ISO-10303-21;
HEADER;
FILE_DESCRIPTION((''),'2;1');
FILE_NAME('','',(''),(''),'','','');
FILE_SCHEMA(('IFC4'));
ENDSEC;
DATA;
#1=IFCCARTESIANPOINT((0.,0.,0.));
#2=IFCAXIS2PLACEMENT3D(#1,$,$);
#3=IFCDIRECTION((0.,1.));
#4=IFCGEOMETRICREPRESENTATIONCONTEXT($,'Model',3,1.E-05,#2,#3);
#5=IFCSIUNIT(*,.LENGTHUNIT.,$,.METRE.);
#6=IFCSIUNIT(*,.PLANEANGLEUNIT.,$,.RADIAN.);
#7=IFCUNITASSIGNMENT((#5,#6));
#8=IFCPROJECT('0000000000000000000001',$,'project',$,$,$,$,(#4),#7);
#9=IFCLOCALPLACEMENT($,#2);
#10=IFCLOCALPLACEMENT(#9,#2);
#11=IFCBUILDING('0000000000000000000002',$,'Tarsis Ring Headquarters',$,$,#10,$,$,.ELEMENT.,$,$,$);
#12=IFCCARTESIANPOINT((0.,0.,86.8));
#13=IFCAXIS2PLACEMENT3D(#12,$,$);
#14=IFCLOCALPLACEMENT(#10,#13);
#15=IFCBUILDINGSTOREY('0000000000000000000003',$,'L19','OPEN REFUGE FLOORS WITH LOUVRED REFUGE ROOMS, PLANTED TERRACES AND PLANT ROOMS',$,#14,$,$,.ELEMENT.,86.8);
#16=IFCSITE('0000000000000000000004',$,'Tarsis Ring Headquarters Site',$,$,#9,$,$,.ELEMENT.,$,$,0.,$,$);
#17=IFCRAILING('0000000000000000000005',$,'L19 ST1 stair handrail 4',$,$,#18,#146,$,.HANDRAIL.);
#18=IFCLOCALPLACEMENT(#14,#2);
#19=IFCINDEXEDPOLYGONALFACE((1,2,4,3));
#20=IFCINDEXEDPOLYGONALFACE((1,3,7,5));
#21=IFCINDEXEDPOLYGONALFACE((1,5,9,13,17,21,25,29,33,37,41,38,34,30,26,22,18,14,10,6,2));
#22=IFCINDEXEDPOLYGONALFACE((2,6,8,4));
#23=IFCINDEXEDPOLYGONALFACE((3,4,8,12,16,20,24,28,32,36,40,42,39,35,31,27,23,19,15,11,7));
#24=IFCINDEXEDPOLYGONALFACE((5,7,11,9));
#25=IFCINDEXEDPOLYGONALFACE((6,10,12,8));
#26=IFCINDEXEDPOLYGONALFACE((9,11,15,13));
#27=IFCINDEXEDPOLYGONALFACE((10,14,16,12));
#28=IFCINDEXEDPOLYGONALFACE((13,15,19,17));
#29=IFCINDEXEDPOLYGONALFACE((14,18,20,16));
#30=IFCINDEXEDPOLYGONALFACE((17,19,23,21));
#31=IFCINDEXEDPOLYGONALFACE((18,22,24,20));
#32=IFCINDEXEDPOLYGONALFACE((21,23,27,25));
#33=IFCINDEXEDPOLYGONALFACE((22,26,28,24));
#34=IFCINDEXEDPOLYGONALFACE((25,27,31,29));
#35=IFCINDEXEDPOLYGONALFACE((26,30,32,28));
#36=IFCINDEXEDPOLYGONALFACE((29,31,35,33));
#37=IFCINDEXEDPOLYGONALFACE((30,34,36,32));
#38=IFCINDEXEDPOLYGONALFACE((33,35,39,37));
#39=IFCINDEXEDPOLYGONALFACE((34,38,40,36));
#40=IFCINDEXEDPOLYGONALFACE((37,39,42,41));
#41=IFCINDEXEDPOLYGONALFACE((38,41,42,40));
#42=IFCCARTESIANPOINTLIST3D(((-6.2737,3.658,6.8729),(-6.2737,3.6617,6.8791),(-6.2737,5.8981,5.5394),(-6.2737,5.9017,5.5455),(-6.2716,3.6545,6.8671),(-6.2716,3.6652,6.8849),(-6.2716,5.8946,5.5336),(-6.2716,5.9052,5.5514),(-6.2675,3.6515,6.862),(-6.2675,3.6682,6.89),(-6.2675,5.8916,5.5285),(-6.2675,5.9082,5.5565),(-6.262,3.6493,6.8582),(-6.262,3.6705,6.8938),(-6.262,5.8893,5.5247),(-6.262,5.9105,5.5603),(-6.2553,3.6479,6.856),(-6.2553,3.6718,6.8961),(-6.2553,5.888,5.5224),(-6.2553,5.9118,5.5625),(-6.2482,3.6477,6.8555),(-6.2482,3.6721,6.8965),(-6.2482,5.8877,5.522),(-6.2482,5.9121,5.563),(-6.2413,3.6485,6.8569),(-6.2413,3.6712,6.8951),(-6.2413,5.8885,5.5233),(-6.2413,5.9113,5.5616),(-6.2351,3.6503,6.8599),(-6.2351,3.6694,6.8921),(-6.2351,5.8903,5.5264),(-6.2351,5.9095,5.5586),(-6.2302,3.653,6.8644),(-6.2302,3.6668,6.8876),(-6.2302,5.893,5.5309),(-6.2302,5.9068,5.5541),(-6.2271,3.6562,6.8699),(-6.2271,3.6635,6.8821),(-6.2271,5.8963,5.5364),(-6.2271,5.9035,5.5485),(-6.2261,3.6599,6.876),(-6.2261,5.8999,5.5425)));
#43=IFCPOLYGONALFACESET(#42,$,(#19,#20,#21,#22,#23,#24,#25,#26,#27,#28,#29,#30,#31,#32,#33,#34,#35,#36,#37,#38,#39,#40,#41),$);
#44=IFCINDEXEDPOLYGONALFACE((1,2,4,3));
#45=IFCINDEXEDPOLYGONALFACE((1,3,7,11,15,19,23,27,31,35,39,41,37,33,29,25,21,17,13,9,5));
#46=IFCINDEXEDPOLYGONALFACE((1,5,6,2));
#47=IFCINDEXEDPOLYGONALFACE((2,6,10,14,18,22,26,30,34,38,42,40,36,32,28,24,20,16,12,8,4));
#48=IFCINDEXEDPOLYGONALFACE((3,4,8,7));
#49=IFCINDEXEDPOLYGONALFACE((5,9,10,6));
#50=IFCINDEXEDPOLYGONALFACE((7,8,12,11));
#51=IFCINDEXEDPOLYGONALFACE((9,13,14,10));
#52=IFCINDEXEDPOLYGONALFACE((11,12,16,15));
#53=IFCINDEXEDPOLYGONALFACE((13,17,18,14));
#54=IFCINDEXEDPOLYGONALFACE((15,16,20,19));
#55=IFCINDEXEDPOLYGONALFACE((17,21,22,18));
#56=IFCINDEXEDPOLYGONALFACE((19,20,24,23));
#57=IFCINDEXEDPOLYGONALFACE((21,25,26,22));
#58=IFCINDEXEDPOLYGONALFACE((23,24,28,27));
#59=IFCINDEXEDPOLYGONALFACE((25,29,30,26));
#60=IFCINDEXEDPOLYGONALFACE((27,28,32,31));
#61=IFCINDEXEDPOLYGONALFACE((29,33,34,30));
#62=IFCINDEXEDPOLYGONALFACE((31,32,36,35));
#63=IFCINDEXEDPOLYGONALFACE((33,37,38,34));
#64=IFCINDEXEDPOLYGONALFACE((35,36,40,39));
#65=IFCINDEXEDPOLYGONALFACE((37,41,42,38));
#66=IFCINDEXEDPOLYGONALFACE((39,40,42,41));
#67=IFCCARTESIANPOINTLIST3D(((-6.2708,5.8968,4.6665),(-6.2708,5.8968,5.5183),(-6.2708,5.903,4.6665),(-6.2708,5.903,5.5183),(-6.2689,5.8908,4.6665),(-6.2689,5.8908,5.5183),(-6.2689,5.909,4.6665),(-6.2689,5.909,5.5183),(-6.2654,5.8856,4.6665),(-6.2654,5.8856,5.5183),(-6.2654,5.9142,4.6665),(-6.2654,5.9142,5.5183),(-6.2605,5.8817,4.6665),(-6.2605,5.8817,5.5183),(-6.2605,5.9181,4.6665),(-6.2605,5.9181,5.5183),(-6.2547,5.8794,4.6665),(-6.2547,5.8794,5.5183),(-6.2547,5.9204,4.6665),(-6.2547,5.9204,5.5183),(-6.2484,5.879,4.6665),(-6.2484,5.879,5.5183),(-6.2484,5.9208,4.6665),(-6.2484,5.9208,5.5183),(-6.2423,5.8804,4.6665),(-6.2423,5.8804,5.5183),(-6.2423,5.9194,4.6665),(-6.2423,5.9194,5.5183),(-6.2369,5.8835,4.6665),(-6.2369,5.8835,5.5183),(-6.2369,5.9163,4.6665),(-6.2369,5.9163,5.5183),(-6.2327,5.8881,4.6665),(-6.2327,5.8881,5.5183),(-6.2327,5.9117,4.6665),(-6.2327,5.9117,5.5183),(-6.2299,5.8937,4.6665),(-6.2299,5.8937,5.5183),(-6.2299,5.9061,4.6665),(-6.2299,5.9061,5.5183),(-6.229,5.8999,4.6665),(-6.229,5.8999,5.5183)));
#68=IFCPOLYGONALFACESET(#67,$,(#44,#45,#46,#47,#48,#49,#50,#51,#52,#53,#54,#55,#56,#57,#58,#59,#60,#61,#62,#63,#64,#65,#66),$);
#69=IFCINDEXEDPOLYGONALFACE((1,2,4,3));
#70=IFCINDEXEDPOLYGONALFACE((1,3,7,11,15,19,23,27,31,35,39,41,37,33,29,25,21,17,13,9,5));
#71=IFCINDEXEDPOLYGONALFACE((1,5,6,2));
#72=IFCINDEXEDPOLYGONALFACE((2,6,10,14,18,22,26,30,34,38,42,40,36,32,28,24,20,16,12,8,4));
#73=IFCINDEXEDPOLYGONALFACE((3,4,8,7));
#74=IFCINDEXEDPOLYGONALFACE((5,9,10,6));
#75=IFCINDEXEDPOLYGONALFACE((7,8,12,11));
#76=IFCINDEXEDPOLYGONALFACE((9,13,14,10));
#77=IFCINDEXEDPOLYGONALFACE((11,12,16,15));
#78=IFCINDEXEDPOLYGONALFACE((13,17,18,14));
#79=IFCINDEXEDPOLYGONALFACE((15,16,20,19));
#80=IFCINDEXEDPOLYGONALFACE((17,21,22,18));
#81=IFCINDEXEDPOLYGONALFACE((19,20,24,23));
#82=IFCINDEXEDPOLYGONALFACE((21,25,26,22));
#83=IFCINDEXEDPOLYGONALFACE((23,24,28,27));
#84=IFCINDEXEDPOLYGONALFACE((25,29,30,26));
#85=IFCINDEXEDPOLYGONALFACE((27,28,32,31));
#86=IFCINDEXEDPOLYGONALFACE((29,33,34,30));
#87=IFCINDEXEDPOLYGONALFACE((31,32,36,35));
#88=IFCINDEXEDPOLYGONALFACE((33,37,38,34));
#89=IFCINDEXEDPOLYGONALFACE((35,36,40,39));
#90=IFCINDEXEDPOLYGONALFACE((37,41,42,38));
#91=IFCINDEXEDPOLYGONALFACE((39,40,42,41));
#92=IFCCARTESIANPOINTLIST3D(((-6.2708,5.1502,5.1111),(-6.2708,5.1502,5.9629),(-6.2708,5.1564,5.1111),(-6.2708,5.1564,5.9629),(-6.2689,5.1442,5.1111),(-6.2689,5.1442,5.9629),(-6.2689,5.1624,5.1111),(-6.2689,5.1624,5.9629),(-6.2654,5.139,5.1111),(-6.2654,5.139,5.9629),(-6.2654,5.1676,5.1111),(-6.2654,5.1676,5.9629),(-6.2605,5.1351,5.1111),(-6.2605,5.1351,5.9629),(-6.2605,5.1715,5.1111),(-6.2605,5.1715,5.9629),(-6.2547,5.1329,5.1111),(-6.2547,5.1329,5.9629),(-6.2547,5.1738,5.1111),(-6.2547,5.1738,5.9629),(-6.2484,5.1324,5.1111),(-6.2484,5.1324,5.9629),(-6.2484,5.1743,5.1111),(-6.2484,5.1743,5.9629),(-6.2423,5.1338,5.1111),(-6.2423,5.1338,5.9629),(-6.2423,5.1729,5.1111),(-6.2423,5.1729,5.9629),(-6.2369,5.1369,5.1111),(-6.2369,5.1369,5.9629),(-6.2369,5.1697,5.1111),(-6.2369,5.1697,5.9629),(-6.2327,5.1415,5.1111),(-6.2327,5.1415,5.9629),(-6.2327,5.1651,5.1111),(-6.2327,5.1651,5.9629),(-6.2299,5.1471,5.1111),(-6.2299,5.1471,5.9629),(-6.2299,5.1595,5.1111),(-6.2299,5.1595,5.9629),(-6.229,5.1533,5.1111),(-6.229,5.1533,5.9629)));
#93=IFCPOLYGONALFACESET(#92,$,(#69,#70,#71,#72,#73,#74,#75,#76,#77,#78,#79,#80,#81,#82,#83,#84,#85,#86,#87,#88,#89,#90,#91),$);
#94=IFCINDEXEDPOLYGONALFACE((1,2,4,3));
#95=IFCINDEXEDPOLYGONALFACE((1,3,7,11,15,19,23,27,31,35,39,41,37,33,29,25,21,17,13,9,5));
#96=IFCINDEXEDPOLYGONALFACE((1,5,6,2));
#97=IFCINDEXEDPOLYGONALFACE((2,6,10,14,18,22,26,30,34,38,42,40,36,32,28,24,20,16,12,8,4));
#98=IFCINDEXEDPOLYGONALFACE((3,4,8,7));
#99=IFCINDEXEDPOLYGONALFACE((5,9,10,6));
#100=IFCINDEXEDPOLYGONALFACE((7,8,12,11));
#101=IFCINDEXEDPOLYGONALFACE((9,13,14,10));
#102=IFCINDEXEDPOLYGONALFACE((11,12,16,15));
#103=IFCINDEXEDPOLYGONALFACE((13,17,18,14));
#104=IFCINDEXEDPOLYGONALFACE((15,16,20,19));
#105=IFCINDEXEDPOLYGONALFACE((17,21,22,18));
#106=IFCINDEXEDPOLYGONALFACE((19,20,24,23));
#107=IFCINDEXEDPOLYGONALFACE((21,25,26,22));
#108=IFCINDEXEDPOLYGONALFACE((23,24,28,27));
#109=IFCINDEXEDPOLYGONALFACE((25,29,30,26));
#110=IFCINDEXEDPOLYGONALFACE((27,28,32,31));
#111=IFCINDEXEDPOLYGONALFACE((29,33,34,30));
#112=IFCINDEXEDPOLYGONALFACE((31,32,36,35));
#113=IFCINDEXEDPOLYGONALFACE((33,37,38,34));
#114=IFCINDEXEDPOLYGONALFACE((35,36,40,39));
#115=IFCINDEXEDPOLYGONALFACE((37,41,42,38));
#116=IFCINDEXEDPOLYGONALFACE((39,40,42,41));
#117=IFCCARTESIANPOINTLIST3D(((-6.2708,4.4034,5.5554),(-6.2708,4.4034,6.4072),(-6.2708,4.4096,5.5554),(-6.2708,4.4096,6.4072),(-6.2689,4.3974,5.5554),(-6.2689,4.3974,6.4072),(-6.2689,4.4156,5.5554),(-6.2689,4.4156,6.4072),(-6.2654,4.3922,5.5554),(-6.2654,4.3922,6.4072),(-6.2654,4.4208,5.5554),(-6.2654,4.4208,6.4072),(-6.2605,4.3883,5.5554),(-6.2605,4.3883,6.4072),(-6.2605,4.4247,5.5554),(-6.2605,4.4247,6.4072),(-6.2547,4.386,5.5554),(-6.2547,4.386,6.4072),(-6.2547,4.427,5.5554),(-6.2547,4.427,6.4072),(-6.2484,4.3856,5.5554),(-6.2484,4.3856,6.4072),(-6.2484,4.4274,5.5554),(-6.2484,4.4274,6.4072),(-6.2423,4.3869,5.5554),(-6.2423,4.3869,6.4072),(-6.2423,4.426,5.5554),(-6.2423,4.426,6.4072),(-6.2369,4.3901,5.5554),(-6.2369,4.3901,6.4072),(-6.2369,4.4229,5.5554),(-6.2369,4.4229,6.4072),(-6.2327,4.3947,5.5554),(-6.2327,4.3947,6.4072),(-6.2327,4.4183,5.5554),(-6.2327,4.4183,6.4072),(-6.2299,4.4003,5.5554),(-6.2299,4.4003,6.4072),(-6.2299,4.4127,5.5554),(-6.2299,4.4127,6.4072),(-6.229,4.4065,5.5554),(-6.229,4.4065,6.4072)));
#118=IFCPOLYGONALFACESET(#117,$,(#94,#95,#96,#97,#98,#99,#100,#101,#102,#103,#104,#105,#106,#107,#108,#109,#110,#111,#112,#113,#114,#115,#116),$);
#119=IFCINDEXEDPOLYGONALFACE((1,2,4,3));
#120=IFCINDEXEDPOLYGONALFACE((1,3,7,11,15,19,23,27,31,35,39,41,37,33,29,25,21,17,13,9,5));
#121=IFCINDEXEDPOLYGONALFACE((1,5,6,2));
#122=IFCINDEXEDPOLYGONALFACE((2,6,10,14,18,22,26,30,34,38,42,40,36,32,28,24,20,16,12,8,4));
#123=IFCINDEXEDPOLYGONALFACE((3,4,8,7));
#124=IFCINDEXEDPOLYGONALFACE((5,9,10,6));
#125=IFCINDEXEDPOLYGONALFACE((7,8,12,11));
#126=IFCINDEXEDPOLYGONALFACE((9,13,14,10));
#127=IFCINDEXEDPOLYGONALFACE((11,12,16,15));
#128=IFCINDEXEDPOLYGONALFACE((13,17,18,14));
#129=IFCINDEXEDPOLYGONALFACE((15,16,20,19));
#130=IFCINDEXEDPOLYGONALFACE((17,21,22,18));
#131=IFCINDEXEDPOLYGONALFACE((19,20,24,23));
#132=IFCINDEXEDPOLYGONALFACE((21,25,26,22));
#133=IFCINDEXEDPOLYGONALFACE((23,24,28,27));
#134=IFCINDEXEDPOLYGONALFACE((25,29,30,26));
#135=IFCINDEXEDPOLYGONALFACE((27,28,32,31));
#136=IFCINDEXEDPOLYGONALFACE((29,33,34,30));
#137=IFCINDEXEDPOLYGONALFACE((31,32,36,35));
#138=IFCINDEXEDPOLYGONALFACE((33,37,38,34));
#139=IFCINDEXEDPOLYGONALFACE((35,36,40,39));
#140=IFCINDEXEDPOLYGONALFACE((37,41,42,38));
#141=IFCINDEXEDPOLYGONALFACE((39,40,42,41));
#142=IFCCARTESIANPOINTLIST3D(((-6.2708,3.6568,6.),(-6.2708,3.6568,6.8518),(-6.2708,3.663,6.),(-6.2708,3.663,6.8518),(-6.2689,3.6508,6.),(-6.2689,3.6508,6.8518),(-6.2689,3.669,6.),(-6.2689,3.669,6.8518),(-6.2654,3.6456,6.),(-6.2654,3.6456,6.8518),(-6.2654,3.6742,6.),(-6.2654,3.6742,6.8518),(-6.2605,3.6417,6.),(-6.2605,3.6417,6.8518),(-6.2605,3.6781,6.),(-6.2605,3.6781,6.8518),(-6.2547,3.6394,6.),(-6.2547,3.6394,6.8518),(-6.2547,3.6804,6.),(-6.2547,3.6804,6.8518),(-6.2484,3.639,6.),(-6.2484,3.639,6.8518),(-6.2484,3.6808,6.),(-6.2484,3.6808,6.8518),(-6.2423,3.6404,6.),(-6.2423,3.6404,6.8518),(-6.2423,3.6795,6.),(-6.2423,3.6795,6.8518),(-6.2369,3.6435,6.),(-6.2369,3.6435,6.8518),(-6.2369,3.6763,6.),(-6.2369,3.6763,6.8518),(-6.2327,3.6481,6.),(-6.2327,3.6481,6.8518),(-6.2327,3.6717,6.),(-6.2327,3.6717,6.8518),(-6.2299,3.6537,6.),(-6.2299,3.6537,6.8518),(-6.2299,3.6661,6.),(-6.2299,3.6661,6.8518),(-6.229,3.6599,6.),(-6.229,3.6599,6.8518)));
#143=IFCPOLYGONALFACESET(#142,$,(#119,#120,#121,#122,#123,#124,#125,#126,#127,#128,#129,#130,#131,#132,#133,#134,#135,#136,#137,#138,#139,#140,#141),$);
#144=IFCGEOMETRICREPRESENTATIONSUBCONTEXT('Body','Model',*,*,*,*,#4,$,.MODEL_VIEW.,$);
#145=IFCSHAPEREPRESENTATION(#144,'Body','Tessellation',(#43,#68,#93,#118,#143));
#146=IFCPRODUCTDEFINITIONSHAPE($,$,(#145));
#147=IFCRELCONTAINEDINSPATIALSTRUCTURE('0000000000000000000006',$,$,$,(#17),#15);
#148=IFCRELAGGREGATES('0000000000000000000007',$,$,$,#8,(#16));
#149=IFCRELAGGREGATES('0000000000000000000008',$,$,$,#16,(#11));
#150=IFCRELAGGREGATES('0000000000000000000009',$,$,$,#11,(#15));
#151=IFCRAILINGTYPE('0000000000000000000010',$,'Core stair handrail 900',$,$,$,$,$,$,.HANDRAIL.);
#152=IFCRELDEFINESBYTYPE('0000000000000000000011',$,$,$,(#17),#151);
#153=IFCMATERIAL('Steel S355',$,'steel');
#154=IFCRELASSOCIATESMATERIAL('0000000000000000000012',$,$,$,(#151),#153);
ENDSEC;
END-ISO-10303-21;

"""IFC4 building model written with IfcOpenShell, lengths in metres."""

from ifc_helpers import new_model, si_unit, direction, frame, origin, origin_2d, place, context, subcontext, project, spatial, circle, extrude, material, type_object, element, save


model = new_model("IFC4")

# Units and contexts
model_context = context("Model", 3, precision=1e-05, world=origin(), true_north=direction((0.0, 1.0)))
body_context = subcontext(model_context, "Body", "Model", "MODEL_VIEW")
ifc_project = project(units=[si_unit("LENGTHUNIT", "METRE"), si_unit("PLANEANGLEUNIT", "RADIAN")], contexts=[model_context])

# Site, building, storey
site_placement = place(None, origin())
site = spatial("IfcSite", under=ifc_project, at=site_placement, Name="Tarsis Ring Headquarters Site", CompositionType="ELEMENT", RefElevation=0.0)
building_placement = place(site_placement, origin())
building = spatial("IfcBuilding", under=site, at=building_placement, Name="Tarsis Ring Headquarters", CompositionType="ELEMENT")
storey_placement = place(building_placement, frame((0.0, 0.0, 86.8)))
storey = spatial("IfcBuildingStorey", under=building, at=storey_placement, Name="L19", Description="OPEN REFUGE FLOORS WITH LOUVRED REFUGE ROOMS, PLANTED TERRACES AND PLANT ROOMS", CompositionType="ELEMENT", Elevation=86.8)

# Shared definitions
ifc_material_1 = material(Name="Steel S355", Category="steel")

# Railing
railing_type_1 = type_object("IfcRailingType", Name="Core stair handrail 900", PredefinedType="HANDRAIL", material=ifc_material_1)
railing_1_placement = place(storey_placement, frame((-6.25, 5.8999, 4.6665)))
element("IfcRailing", 1, at=railing_1_placement, inside=storey, type_object=railing_type_1, Name="L19 ST1 stair handrail 4", PredefinedType="HANDRAIL", context=body_context, shape_type="SweptSolid", body=[
    extrude(circle(Radius=0.0239, at=origin_2d()), frame((0.0, 0.0, 0.876), z_axis=(0.0, -0.859264, 0.511532), x_axis=(1.0, 0.0, 0.0)), (0.0, 0.0, 1.0), 2.6069),
    extrude(circle(Radius=0.021, at=origin_2d()), origin(), (0.0, 0.0, 1.0), 0.8518),
    extrude(circle(Radius=0.021, at=origin_2d()), frame((0.0, -0.7466, 0.4446)), (0.0, 0.0, 1.0), 0.8518),
    extrude(circle(Radius=0.021, at=origin_2d()), frame((0.0, -1.4934, 0.8889)), (0.0, 0.0, 1.0), 0.8518),
    extrude(circle(Radius=0.021, at=origin_2d()), frame((0.0, -2.24, 1.3335)), (0.0, 0.0, 1.0), 0.8518),
])

save(model, "model.ifc")
